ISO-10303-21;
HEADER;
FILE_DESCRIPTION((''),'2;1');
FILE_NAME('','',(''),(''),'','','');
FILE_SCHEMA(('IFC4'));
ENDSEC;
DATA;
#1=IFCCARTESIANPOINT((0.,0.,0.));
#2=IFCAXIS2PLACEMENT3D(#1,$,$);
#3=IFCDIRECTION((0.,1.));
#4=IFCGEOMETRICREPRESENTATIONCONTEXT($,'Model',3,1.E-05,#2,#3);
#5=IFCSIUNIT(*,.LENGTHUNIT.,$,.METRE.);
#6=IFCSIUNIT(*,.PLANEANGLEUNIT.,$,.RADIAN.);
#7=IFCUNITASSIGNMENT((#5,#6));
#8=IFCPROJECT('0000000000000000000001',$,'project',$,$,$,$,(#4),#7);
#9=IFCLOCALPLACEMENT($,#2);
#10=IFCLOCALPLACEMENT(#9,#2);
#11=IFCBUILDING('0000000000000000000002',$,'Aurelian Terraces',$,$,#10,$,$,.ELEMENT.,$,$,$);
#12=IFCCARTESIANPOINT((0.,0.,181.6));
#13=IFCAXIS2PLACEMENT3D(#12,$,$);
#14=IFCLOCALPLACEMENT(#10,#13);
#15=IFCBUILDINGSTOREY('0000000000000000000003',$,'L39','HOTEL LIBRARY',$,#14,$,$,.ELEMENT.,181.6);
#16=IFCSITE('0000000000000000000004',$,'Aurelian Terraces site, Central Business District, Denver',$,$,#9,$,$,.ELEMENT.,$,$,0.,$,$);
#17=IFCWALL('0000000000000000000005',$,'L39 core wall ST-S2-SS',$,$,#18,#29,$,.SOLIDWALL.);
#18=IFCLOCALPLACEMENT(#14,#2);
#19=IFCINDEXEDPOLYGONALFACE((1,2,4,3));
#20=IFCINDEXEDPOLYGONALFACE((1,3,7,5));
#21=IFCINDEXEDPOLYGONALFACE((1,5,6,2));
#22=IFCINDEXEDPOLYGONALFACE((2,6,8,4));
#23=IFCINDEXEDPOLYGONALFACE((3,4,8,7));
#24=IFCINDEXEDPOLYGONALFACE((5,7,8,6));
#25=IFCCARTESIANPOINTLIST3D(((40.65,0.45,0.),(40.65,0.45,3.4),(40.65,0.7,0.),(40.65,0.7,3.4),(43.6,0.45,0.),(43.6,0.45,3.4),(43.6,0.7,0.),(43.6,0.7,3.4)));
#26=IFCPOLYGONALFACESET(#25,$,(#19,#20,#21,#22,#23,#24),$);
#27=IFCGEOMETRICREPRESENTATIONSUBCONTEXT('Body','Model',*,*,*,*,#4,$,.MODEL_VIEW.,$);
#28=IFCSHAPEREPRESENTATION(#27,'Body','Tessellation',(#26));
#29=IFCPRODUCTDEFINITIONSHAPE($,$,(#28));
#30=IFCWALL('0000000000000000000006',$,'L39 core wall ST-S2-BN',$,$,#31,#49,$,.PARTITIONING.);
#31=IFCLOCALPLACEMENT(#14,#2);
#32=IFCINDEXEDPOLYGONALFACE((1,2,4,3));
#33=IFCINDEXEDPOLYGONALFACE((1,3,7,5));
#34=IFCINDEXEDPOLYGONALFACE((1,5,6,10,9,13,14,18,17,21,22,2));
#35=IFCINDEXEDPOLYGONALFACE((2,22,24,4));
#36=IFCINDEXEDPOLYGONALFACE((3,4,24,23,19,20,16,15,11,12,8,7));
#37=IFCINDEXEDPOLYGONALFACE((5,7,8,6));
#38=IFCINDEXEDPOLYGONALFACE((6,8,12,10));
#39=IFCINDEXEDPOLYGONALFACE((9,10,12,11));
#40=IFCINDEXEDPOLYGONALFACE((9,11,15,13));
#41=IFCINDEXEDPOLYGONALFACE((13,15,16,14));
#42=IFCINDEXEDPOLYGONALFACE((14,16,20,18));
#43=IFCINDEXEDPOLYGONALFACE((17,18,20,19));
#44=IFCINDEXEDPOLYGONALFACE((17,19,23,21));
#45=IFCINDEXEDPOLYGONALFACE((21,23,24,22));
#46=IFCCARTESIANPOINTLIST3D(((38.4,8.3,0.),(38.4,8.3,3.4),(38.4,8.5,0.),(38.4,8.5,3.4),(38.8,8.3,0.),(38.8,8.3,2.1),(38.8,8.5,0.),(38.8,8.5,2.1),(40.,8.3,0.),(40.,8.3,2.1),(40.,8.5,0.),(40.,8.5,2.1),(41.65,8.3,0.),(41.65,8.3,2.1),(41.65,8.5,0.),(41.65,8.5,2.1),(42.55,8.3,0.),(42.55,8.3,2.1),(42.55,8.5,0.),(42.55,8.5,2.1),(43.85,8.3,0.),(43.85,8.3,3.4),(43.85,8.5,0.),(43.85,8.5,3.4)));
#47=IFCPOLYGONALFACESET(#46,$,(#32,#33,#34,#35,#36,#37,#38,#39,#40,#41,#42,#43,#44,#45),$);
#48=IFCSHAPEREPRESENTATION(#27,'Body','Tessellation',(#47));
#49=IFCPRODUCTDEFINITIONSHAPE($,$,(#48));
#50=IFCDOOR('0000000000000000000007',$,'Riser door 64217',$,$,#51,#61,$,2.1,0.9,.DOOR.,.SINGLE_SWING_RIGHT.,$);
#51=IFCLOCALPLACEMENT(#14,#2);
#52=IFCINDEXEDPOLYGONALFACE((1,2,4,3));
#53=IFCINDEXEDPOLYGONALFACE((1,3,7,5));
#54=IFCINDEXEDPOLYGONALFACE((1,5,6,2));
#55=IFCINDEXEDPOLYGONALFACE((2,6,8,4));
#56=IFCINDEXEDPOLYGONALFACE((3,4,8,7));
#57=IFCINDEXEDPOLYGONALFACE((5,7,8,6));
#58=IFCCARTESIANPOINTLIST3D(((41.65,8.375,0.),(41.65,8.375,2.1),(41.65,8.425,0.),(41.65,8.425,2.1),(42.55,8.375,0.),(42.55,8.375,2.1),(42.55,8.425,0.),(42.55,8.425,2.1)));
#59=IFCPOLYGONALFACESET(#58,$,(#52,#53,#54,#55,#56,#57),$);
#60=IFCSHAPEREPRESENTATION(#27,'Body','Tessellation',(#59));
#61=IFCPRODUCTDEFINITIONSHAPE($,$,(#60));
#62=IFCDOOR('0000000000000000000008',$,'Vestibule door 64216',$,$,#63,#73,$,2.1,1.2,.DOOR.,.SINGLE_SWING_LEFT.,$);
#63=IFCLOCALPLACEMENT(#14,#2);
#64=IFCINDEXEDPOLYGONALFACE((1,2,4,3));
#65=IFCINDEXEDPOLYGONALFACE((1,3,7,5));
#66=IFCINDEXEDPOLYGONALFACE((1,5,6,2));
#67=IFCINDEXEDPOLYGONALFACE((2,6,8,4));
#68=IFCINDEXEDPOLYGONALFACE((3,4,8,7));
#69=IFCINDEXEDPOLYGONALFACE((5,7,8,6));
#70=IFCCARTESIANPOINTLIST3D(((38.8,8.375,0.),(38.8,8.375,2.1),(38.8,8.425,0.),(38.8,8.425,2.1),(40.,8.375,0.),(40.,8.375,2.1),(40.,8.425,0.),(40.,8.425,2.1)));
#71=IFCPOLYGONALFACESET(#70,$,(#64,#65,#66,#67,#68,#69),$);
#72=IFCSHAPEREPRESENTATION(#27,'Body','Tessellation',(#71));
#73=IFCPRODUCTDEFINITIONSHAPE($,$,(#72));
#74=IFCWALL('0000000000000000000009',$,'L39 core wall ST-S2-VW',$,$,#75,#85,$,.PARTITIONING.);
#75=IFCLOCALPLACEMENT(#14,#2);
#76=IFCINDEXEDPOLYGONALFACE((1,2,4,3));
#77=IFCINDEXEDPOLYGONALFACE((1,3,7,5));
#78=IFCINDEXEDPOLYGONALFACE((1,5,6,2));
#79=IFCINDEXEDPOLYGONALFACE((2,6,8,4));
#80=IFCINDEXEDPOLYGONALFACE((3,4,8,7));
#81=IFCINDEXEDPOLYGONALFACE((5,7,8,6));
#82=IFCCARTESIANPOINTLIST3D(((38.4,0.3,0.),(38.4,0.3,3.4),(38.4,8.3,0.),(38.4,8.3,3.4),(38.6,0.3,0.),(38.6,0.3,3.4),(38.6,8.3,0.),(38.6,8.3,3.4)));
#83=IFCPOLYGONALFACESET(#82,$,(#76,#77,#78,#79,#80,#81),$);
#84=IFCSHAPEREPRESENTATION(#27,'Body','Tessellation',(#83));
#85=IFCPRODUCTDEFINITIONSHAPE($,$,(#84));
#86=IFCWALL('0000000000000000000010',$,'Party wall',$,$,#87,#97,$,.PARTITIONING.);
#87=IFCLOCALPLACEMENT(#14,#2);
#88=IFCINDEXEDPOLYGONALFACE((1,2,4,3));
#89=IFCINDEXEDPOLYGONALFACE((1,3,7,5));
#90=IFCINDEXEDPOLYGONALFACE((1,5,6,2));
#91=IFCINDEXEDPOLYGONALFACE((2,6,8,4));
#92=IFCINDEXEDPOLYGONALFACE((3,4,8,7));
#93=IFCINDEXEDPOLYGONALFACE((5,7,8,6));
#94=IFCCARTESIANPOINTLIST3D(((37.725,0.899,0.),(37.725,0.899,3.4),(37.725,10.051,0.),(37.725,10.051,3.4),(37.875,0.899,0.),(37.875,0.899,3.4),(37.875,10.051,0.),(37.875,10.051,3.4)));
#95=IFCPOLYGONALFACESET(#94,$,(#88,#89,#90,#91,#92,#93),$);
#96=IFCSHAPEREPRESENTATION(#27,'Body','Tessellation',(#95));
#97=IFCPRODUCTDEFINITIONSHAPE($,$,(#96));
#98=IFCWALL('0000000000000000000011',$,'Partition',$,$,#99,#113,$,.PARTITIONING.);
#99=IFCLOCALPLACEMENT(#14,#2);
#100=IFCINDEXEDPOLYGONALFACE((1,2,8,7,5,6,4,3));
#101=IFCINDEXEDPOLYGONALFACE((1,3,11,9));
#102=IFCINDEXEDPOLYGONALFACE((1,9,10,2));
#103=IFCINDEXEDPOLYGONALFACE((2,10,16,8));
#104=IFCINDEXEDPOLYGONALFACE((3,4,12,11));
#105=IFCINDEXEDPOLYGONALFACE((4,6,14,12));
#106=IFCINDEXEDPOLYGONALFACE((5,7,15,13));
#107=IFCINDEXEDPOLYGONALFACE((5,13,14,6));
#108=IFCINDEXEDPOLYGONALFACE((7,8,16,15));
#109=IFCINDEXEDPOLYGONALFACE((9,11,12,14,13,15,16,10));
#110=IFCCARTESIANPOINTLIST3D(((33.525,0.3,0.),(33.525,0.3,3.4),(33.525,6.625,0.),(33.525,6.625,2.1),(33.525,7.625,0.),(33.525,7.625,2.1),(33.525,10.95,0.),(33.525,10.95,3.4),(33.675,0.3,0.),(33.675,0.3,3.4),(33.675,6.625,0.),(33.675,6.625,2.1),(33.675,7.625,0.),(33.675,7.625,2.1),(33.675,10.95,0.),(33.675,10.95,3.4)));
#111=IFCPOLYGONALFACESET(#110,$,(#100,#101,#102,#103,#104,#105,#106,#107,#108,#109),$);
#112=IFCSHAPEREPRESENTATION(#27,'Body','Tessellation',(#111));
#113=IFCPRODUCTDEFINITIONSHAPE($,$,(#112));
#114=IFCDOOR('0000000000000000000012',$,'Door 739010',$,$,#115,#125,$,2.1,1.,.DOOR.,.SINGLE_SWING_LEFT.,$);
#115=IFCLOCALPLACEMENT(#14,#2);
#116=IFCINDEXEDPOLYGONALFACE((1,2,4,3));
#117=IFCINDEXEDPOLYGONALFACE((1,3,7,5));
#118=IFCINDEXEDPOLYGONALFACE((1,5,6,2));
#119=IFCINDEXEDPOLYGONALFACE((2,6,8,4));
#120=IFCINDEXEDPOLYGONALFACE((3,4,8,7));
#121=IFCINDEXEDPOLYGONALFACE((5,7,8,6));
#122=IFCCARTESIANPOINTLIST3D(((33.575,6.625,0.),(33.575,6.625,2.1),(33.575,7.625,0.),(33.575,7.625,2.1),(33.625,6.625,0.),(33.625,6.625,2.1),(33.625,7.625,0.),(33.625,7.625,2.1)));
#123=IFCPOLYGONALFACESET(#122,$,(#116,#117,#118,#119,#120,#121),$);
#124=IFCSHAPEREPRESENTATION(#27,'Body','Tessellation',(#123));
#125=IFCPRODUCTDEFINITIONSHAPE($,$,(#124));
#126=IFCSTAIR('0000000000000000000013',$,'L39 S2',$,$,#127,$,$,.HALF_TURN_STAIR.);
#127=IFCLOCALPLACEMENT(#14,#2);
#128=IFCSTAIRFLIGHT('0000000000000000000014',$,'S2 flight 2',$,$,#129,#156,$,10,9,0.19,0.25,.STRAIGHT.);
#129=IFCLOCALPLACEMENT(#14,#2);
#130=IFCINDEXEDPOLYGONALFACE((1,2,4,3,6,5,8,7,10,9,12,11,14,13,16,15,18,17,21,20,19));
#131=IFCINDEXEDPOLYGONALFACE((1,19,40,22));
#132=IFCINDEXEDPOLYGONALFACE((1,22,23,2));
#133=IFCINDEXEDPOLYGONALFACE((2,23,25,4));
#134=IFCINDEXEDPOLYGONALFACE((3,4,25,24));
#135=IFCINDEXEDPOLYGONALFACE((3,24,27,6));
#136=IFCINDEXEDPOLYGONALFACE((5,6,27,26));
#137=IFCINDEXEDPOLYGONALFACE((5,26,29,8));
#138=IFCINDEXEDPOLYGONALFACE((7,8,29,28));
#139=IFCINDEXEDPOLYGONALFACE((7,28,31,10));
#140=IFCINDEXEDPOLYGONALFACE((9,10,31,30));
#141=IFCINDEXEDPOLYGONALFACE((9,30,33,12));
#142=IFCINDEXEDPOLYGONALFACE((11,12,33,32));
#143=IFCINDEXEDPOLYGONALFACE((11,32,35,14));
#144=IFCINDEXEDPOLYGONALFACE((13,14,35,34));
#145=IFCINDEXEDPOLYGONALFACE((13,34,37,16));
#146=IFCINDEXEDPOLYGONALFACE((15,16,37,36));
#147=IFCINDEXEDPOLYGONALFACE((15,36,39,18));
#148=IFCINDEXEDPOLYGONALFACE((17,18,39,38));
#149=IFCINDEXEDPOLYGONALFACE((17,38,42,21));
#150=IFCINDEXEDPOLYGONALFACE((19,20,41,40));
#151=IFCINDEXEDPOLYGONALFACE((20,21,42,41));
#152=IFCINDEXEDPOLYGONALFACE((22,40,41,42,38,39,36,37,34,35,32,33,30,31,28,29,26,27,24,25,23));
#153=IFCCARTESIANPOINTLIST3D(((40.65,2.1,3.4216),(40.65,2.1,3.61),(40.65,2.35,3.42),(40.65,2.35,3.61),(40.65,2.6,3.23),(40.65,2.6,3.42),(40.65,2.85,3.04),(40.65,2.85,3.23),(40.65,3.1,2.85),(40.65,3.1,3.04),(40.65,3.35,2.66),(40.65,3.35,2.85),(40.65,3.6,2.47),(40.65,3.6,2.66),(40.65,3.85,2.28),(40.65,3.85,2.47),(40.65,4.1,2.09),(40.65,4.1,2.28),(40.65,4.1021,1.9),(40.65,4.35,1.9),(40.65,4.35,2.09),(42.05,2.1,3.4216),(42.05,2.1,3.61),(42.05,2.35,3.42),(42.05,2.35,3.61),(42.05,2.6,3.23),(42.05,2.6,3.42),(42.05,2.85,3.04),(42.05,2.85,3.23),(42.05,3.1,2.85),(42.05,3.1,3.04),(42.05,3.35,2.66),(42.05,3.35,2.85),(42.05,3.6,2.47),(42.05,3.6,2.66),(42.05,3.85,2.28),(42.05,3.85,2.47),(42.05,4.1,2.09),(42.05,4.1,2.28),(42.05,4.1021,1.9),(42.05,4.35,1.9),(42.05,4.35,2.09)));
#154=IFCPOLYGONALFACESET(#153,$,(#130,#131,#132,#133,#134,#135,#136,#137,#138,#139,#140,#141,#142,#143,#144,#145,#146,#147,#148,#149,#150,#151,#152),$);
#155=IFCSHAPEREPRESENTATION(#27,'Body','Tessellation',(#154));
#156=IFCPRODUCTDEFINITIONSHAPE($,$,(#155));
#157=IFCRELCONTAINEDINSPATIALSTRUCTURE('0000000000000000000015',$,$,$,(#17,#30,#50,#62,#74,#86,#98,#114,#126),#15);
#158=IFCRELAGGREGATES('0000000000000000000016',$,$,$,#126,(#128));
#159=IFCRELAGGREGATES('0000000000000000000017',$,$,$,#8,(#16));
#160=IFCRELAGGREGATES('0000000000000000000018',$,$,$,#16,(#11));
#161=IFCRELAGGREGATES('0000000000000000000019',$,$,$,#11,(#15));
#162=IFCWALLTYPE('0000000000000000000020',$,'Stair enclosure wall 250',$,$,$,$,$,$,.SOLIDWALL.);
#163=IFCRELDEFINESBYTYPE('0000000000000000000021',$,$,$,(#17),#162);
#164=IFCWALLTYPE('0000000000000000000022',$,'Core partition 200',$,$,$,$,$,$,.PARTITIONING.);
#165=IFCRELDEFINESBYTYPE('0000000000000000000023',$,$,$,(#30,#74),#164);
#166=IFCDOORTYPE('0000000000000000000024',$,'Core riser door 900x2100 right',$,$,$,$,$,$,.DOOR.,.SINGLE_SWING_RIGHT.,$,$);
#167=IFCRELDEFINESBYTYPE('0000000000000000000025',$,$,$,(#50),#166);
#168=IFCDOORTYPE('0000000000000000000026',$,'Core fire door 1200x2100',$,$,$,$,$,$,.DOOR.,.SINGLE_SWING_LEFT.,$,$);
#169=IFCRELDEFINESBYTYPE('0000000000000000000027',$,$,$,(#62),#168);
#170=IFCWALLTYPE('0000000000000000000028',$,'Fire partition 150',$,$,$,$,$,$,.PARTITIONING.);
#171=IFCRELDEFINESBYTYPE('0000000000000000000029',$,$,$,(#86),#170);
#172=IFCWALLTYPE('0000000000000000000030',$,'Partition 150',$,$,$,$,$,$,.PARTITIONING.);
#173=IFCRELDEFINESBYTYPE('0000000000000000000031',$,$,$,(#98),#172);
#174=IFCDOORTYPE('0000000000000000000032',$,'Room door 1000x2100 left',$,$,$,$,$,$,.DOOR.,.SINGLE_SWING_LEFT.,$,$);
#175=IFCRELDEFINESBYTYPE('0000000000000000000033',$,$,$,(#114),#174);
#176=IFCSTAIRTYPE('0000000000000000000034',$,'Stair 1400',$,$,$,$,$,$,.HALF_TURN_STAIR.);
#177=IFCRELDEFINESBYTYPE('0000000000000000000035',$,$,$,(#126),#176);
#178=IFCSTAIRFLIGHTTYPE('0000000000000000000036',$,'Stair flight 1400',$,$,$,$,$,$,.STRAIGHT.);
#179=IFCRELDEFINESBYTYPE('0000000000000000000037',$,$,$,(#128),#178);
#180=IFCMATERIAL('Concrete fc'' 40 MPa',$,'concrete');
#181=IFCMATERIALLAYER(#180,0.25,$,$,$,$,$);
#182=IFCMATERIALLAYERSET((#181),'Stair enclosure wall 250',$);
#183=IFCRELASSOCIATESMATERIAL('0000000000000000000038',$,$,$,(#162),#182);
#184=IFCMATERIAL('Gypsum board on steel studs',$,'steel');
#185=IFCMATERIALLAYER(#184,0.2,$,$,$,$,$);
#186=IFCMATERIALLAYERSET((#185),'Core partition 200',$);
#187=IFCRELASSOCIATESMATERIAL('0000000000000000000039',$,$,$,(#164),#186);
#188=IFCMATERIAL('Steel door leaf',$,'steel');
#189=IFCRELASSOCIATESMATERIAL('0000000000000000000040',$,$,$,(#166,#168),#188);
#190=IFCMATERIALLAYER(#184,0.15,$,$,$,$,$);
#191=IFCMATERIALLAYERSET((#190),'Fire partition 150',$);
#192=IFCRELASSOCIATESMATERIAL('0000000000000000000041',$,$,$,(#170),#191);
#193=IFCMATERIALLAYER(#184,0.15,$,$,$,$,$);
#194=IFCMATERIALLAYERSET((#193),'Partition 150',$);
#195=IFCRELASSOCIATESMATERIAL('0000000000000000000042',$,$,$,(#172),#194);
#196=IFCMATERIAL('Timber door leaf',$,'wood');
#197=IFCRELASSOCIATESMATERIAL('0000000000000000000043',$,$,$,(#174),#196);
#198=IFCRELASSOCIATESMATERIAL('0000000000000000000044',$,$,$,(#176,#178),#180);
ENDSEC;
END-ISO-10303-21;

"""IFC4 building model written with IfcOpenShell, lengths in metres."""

from ifc_helpers import new_model, si_unit, direction, frame, frame_2d, origin, place, context, subcontext, project, spatial, polyline, rectangle, outline, extrude, source, transform, mapped, material, layer, layer_set, type_object, element, fill, aggregate, save


model = new_model("IFC4")

# Units and contexts
model_context = context("Model", 3, precision=1e-05, world=origin(), true_north=direction((0.0, 1.0)))
body_context = subcontext(model_context, "Body", "Model", "MODEL_VIEW")
ifc_project = project(units=[si_unit("LENGTHUNIT", "METRE"), si_unit("PLANEANGLEUNIT", "RADIAN")], contexts=[model_context])

# Site, building, storey
site_placement = place(None, origin())
site = spatial("IfcSite", under=ifc_project, at=site_placement, Name="Aurelian Terraces site, Central Business District, Denver", CompositionType="ELEMENT", RefElevation=0.0)
building_placement = place(site_placement, origin())
building = spatial("IfcBuilding", under=site, at=building_placement, Name="Aurelian Terraces", CompositionType="ELEMENT")
storey_placement = place(building_placement, frame((0.0, 0.0, 181.6)))
storey = spatial("IfcBuildingStorey", under=building, at=storey_placement, Name="L39", Description="HOTEL LIBRARY", CompositionType="ELEMENT", Elevation=181.6)

# Shared definitions
ifc_material_1 = material(Name="Concrete fc' 40 MPa", Category="concrete")

# Shared definitions
ifc_layer_1 = layer(ifc_material_1, 0.25)
ifc_layer_set_1 = layer_set([ifc_layer_1], Name="Stair enclosure wall 250")
wall_type_1 = type_object("IfcWallType", Name="Stair enclosure wall 250", PredefinedType="SOLIDWALL", material=ifc_layer_set_1)
ifc_material_2 = material(Name="Steel door leaf", Category="steel")

# Wall
shared_shape_1 = source(origin(), body_context, "Body", "SweptSolid", [
    extrude(rectangle(XDim=2.95, YDim=0.25, at=frame_2d((1.475, 0.0))), origin(), (0.0, 0.0, 1.0), 3.4),
])
wall_1_placement = place(storey_placement, frame((40.65, 0.575, 0.0), z_axis=(0.0, 0.0, 1.0), x_axis=(1.0, 0.0, 0.0)))
element("IfcWall", 1, at=wall_1_placement, inside=storey, type_object=wall_type_1, Name="L39 core wall ST-S2-SS", PredefinedType="SOLIDWALL", context=body_context, shape_type="MappedRepresentation", body=[
    mapped(shared_shape_1, transform((0.0, 0.0, 0.0), scale=1.0)),
])

# Wall, openings, doors
ifc_material_3 = material(Name="Gypsum board on steel studs", Category="steel")
ifc_layer_2 = layer(ifc_material_3, 0.2)
ifc_layer_set_2 = layer_set([ifc_layer_2], Name="Core partition 200")
wall_type_2 = type_object("IfcWallType", Name="Core partition 200", PredefinedType="PARTITIONING", material=ifc_layer_set_2)
shared_shape_2 = source(origin(), body_context, "Body", "SweptSolid", [
    extrude(rectangle(XDim=5.45, YDim=0.2, at=frame_2d((2.725, 0.0))), origin(), (0.0, 0.0, 1.0), 3.4),
])
wall_2_placement = place(storey_placement, frame((38.4, 8.4, 0.0), z_axis=(0.0, 0.0, 1.0), x_axis=(1.0, 0.0, 0.0)))
wall_2 = element("IfcWall", 2, at=wall_2_placement, inside=storey, type_object=wall_type_2, Name="L39 core wall ST-S2-BN", PredefinedType="PARTITIONING", context=body_context, shape_type="MappedRepresentation", body=[
    mapped(shared_shape_2, transform((0.0, 0.0, 0.0), scale=1.0)),
])
shared_shape_3 = source(origin(), body_context, "Body", "SweptSolid", [
    extrude(rectangle(XDim=1.2, YDim=2.1, at=frame_2d((0.6, 1.05))), frame((0.0, 0.11, 0.0), z_axis=(0.0, -1.0, 0.0), x_axis=(1.0, 0.0, 0.0)), (0.0, 0.0, 1.0), 0.22),
])
opening_1_placement = place(wall_2_placement, frame((0.4, 0.0, 0.0)))
opening_1 = element("IfcOpeningElement", 3, at=opening_1_placement, cuts=wall_2, PredefinedType="OPENING", context=body_context, shape_type="MappedRepresentation", body=[
    mapped(shared_shape_3, transform((0.0, 0.0, 0.0), scale=1.0)),
])
shared_shape_4 = source(origin(), body_context, "Body", "SweptSolid", [
    extrude(rectangle(XDim=0.9, YDim=2.1, at=frame_2d((0.45, 1.05))), frame((0.0, 0.11, 0.0), z_axis=(0.0, -1.0, 0.0), x_axis=(1.0, 0.0, 0.0)), (0.0, 0.0, 1.0), 0.22),
])
opening_2_placement = place(wall_2_placement, frame((3.25, 0.0, 0.0)))
opening_2 = element("IfcOpeningElement", 4, at=opening_2_placement, cuts=wall_2, PredefinedType="OPENING", context=body_context, shape_type="MappedRepresentation", body=[
    mapped(shared_shape_4, transform((0.0, 0.0, 0.0), scale=1.0)),
])
door_type_1 = type_object("IfcDoorType", Name="Core riser door 900x2100 right", OperationType="SINGLE_SWING_RIGHT", PredefinedType="DOOR", material=ifc_material_2)
shared_shape_5 = source(origin(), body_context, "Body", "SweptSolid", [
    extrude(rectangle(XDim=0.9, YDim=2.1, at=frame_2d((0.45, 1.05))), frame((0.0, 0.025, 0.0), z_axis=(0.0, -1.0, 0.0), x_axis=(1.0, 0.0, 0.0)), (0.0, 0.0, 1.0), 0.05),
])
door_1_placement = place(opening_2_placement, origin())
door_1 = element("IfcDoor", 5, at=door_1_placement, inside=storey, type_object=door_type_1, Name="Riser door 64217", OperationType="SINGLE_SWING_RIGHT", OverallHeight=2.1, OverallWidth=0.9, PredefinedType="DOOR", context=body_context, shape_type="MappedRepresentation", body=[
    mapped(shared_shape_5, transform((0.0, 0.0, 0.0), scale=1.0)),
])
fill(opening_2, door_1)
door_type_2 = type_object("IfcDoorType", Name="Core fire door 1200x2100", OperationType="SINGLE_SWING_LEFT", PredefinedType="DOOR", material=ifc_material_2)
shared_shape_6 = source(origin(), body_context, "Body", "SweptSolid", [
    extrude(rectangle(XDim=1.2, YDim=2.1, at=frame_2d((0.6, 1.05))), frame((0.0, 0.025, 0.0), z_axis=(0.0, -1.0, 0.0), x_axis=(1.0, 0.0, 0.0)), (0.0, 0.0, 1.0), 0.05),
])
door_2_placement = place(opening_1_placement, origin())
door_2 = element("IfcDoor", 6, at=door_2_placement, inside=storey, type_object=door_type_2, Name="Vestibule door 64216", OperationType="SINGLE_SWING_LEFT", OverallHeight=2.1, OverallWidth=1.2, PredefinedType="DOOR", context=body_context, shape_type="MappedRepresentation", body=[
    mapped(shared_shape_6, transform((0.0, 0.0, 0.0), scale=1.0)),
])
fill(opening_1, door_2)

# Walls
shared_shape_7 = source(origin(), body_context, "Body", "SweptSolid", [
    extrude(rectangle(XDim=8.0, YDim=0.2, at=frame_2d((4.0, 0.0))), origin(), (0.0, 0.0, 1.0), 3.4),
])
wall_3_placement = place(storey_placement, frame((38.5, 0.3, 0.0), z_axis=(0.0, 0.0, 1.0), x_axis=(0.0, 1.0, 0.0)))
element("IfcWall", 7, at=wall_3_placement, inside=storey, type_object=wall_type_2, Name="L39 core wall ST-S2-VW", PredefinedType="PARTITIONING", context=body_context, shape_type="MappedRepresentation", body=[
    mapped(shared_shape_7, transform((0.0, 0.0, 0.0), scale=1.0)),
])
ifc_layer_3 = layer(ifc_material_3, 0.15)
ifc_layer_set_3 = layer_set([ifc_layer_3], Name="Fire partition 150")
wall_type_3 = type_object("IfcWallType", Name="Fire partition 150", PredefinedType="PARTITIONING", material=ifc_layer_set_3)
shared_shape_8 = source(origin(), body_context, "Body", "SweptSolid", [
    extrude(rectangle(XDim=9.152, YDim=0.15, at=frame_2d((4.576, 0.0))), origin(), (0.0, 0.0, 1.0), 3.4),
])
wall_4_placement = place(storey_placement, frame((37.8, 0.899, 0.0), z_axis=(0.0, 0.0, 1.0), x_axis=(0.0, 1.0, 0.0)))
element("IfcWall", 8, at=wall_4_placement, inside=storey, type_object=wall_type_3, Name="Party wall", PredefinedType="PARTITIONING", context=body_context, shape_type="MappedRepresentation", body=[
    mapped(shared_shape_8, transform((0.0, 0.0, 0.0), scale=1.0)),
])

# Wall, opening, door
ifc_layer_4 = layer(ifc_material_3, 0.15)
ifc_layer_set_4 = layer_set([ifc_layer_4], Name="Partition 150")
wall_type_4 = type_object("IfcWallType", Name="Partition 150", PredefinedType="PARTITIONING", material=ifc_layer_set_4)
shared_shape_9 = source(origin(), body_context, "Body", "SweptSolid", [
    extrude(rectangle(XDim=10.65, YDim=0.15, at=frame_2d((5.325, 0.0))), origin(), (0.0, 0.0, 1.0), 3.4),
])
wall_5_placement = place(storey_placement, frame((33.6, 0.3, 0.0), z_axis=(0.0, 0.0, 1.0), x_axis=(0.0, 1.0, 0.0)))
wall_5 = element("IfcWall", 9, at=wall_5_placement, inside=storey, type_object=wall_type_4, Name="Partition", PredefinedType="PARTITIONING", context=body_context, shape_type="MappedRepresentation", body=[
    mapped(shared_shape_9, transform((0.0, 0.0, 0.0), scale=1.0)),
])
shared_shape_10 = source(origin(), body_context, "Body", "SweptSolid", [
    extrude(rectangle(XDim=1.0, YDim=2.1, at=frame_2d((0.5, 1.05))), frame((0.0, 0.085, 0.0), z_axis=(0.0, -1.0, 0.0), x_axis=(1.0, 0.0, 0.0)), (0.0, 0.0, 1.0), 0.17),
])
opening_3_placement = place(wall_5_placement, frame((6.325, 0.0, 0.0)))
opening_3 = element("IfcOpeningElement", 10, at=opening_3_placement, cuts=wall_5, PredefinedType="OPENING", context=body_context, shape_type="MappedRepresentation", body=[
    mapped(shared_shape_10, transform((0.0, 0.0, 0.0), scale=1.0)),
])
ifc_material_4 = material(Name="Timber door leaf", Category="wood")
door_type_3 = type_object("IfcDoorType", Name="Room door 1000x2100 left", OperationType="SINGLE_SWING_LEFT", PredefinedType="DOOR", material=ifc_material_4)
shared_shape_11 = source(origin(), body_context, "Body", "SweptSolid", [
    extrude(rectangle(XDim=1.0, YDim=2.1, at=frame_2d((0.5, 1.05))), frame((0.0, 0.025, 0.0), z_axis=(0.0, -1.0, 0.0), x_axis=(1.0, 0.0, 0.0)), (0.0, 0.0, 1.0), 0.05),
])
door_3_placement = place(opening_3_placement, origin())
door_3 = element("IfcDoor", 11, at=door_3_placement, inside=storey, type_object=door_type_3, Name="Door 739010", OperationType="SINGLE_SWING_LEFT", OverallHeight=2.1, OverallWidth=1.0, PredefinedType="DOOR", context=body_context, shape_type="MappedRepresentation", body=[
    mapped(shared_shape_11, transform((0.0, 0.0, 0.0), scale=1.0)),
])
fill(opening_3, door_3)

# Stair, stair flight
stair_type = type_object("IfcStairType", Name="Stair 1400", PredefinedType="HALF_TURN_STAIR", material=ifc_material_1)
stair_placement = place(storey_placement, origin())
stair = element("IfcStair", 12, at=stair_placement, inside=storey, type_object=stair_type, Name="L39 S2", PredefinedType="HALF_TURN_STAIR")
stair_flight_type = type_object("IfcStairFlightType", Name="Stair flight 1400", PredefinedType="STRAIGHT", material=ifc_material_1)
shared_shape_12 = source(origin(), body_context, "Body", "SweptSolid", [
    extrude(outline(polyline([(0.0, 0.0), (0.0, 0.19), (0.25, 0.19), (0.25, 0.38), (0.5, 0.38), (0.5, 0.57), (0.75, 0.57), (0.75, 0.76), (1.0, 0.76), (1.0, 0.95), (1.25, 0.95), (1.25, 1.14), (1.5, 1.14), (1.5, 1.33), (1.75, 1.33), (1.75, 1.52), (2.0, 1.52), (2.0, 1.71), (2.25, 1.71), (2.25, 1.9), (2.25, 1.5216), (0.2479, 0.0), (0.0, 0.0)])), frame((0.0, 0.7, 0.0), z_axis=(0.0, -1.0, 0.0), x_axis=(1.0, 0.0, 0.0)), (0.0, 0.0, 1.0), 1.4),
])
stair_flight_placement = place(storey_placement, frame((41.35, 4.35, 1.9), z_axis=(0.0, 0.0, 1.0), x_axis=(0.0, -1.0, 0.0)))
stair_flight = element("IfcStairFlight", 13, at=stair_flight_placement, type_object=stair_flight_type, Name="S2 flight 2", NumberOfRisers=10, NumberOfTreads=9, PredefinedType="STRAIGHT", RiserHeight=0.19, TreadLength=0.25, context=body_context, shape_type="MappedRepresentation", body=[
    mapped(shared_shape_12, transform((0.0, 0.0, 0.0), scale=1.0)),
])
aggregate(stair, [stair_flight])

save(model, "model.ifc")
